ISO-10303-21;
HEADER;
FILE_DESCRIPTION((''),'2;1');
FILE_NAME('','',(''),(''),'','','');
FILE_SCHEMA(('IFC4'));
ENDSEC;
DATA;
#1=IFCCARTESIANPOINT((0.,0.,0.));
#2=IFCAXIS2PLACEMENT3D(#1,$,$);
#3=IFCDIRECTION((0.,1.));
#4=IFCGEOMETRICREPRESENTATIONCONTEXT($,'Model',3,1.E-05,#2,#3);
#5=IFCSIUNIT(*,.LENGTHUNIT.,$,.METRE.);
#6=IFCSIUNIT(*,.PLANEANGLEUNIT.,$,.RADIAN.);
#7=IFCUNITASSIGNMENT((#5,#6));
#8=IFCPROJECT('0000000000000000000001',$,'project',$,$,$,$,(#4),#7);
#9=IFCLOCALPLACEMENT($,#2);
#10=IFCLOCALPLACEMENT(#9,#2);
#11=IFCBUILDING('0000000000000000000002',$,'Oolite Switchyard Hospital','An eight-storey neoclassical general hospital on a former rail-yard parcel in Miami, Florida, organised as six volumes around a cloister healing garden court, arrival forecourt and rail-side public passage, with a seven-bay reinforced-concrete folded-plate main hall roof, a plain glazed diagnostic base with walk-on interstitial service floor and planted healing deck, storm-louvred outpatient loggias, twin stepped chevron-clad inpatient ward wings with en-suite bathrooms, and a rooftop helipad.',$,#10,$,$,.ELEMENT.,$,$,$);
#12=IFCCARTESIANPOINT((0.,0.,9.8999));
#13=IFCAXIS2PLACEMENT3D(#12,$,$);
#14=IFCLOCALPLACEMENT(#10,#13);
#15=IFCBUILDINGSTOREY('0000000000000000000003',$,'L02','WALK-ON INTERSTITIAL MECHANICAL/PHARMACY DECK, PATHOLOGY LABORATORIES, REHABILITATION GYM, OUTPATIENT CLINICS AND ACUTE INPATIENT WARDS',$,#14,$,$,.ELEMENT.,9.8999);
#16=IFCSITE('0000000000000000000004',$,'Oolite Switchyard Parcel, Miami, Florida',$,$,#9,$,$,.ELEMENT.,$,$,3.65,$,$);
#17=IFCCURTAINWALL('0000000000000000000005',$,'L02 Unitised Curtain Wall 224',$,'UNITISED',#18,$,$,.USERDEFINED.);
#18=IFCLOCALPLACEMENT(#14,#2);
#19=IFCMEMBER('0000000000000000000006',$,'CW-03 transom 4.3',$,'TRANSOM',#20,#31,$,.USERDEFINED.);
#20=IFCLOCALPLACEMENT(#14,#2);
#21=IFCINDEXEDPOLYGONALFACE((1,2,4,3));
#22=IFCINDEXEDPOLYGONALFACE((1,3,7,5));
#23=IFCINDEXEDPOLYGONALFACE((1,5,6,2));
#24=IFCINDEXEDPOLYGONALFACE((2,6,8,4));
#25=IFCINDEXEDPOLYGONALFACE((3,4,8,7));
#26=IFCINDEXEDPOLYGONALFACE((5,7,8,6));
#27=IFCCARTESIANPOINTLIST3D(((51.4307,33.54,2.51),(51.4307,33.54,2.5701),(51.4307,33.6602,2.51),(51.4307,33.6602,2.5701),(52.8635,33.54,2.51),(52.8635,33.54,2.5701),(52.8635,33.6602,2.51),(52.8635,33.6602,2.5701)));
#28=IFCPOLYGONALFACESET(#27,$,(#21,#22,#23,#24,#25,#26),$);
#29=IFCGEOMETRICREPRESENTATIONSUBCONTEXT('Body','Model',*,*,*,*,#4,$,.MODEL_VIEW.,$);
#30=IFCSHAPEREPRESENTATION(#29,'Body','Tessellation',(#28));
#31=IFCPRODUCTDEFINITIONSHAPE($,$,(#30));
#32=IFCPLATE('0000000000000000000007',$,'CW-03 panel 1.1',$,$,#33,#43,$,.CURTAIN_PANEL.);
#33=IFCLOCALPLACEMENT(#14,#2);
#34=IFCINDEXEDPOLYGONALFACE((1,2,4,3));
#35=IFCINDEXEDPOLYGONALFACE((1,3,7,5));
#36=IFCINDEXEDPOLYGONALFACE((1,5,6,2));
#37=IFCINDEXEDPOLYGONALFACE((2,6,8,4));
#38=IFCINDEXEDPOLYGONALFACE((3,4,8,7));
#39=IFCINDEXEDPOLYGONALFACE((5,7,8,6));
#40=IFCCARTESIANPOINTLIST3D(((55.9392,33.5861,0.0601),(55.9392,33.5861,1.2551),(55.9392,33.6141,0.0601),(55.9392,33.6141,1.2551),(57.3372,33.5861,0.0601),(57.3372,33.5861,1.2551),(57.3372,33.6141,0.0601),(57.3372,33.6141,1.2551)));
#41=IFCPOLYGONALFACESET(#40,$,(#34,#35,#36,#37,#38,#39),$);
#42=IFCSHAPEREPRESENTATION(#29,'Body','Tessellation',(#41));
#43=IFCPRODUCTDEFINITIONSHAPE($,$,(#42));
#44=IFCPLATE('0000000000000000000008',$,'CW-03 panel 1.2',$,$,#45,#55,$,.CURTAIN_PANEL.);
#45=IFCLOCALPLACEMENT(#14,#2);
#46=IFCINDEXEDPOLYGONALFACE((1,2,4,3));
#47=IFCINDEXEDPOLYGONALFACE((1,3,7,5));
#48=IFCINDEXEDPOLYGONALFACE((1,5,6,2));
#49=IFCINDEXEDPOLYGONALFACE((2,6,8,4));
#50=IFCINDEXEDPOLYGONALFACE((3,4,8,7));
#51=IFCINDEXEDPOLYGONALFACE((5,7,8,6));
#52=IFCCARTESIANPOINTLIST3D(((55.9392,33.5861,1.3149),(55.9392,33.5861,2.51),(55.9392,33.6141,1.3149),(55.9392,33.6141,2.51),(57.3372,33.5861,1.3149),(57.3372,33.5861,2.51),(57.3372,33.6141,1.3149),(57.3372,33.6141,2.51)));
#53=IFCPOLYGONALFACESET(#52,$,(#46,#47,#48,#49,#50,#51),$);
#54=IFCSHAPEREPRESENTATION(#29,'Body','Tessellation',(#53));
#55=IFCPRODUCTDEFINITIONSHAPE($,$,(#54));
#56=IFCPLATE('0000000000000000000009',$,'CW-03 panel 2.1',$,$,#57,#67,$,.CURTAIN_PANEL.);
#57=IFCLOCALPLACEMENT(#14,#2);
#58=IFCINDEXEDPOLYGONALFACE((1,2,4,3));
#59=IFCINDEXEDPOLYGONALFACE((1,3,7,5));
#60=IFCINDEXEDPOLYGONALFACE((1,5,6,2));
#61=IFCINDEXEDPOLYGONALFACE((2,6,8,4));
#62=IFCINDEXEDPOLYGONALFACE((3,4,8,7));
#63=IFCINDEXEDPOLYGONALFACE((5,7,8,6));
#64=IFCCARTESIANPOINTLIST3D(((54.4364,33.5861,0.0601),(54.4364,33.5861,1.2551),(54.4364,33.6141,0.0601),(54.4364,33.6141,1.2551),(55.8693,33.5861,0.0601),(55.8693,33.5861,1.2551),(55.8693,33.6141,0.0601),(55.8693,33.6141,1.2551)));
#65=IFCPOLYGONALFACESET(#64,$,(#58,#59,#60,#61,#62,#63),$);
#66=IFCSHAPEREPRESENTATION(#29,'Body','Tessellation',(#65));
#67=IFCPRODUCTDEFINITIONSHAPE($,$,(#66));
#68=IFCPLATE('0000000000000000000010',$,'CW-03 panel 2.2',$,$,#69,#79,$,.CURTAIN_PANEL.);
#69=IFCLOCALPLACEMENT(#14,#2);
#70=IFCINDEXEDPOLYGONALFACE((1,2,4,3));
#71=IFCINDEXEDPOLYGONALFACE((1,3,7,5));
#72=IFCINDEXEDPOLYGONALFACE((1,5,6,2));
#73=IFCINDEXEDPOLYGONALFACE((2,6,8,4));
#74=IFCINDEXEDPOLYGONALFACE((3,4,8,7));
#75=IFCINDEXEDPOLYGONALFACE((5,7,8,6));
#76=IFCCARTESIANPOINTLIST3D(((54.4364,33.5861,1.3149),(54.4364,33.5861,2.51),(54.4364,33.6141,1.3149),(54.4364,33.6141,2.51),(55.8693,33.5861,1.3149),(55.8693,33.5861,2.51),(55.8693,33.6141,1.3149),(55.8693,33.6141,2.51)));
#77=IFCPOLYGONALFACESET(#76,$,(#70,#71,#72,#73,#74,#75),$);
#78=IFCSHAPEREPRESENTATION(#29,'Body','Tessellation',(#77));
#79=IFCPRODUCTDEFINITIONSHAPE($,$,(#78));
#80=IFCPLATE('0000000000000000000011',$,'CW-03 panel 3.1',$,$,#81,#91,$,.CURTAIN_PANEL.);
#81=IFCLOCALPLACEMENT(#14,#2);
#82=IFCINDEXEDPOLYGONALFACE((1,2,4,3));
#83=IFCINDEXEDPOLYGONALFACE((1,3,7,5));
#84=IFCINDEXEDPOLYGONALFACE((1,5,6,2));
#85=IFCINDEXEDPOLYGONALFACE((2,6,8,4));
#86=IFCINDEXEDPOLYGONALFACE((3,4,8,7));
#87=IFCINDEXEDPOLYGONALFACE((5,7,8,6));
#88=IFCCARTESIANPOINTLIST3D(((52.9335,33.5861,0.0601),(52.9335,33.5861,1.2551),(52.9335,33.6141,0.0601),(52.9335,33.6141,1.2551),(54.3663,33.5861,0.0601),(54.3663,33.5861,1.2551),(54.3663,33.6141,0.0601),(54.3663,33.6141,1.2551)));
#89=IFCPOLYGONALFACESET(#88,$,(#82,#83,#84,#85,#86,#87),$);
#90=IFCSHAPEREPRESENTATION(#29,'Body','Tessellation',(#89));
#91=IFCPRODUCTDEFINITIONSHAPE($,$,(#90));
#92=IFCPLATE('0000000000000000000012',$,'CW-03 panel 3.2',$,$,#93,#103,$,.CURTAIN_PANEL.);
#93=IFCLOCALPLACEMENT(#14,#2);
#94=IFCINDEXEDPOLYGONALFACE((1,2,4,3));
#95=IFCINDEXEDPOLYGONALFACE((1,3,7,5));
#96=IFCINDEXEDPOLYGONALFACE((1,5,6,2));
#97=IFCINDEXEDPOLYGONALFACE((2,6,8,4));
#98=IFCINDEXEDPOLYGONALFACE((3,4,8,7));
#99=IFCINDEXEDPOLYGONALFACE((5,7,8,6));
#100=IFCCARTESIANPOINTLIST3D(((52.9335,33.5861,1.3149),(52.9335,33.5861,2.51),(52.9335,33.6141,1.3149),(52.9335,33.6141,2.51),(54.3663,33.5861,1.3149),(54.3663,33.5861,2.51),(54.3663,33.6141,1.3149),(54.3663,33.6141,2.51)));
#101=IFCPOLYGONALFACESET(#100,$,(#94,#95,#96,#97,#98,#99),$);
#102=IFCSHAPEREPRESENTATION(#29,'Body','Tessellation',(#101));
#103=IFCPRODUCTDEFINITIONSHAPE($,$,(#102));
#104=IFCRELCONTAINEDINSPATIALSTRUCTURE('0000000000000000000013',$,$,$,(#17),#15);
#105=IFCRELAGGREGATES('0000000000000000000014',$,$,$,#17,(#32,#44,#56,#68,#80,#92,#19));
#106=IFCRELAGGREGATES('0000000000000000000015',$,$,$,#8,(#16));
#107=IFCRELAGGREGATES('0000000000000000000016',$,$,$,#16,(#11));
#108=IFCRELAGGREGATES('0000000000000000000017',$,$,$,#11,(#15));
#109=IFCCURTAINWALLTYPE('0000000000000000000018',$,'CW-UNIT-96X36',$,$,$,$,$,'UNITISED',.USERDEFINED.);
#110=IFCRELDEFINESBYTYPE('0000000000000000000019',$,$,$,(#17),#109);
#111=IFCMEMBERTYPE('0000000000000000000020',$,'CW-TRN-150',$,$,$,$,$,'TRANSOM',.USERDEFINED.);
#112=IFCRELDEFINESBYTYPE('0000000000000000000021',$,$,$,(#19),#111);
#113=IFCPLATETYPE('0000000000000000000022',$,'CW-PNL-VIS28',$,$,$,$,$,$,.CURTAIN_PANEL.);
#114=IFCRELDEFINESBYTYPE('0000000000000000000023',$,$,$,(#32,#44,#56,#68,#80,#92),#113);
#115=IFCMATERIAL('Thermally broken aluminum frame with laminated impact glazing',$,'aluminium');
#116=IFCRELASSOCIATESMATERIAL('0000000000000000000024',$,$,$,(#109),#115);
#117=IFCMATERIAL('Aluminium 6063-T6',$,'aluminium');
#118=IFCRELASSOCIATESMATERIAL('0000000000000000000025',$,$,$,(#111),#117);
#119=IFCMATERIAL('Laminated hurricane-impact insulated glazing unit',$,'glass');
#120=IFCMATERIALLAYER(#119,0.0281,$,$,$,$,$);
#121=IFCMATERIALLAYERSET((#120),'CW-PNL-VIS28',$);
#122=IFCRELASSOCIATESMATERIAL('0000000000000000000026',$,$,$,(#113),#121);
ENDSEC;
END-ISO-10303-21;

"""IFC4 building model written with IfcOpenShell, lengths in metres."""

from ifc_helpers import new_model, si_unit, direction, frame, origin, origin_2d, place, context, subcontext, project, spatial, rectangle, extrude, material, layer, layer_set, material_profile, profile_set, type_object, element, aggregate, save


model = new_model("IFC4")

# Units and contexts
model_context = context("Model", 3, precision=1e-05, world=origin(), true_north=direction((0.0, 1.0)))
body_context = subcontext(model_context, "Body", "Model", "MODEL_VIEW")
ifc_project = project(units=[si_unit("LENGTHUNIT", "METRE"), si_unit("PLANEANGLEUNIT", "RADIAN")], contexts=[model_context])

# Site, building, storey
site_placement = place(None, origin())
site = spatial("IfcSite", under=ifc_project, at=site_placement, Name="Oolite Switchyard Parcel, Miami, Florida", CompositionType="ELEMENT", RefElevation=3.65)
building_placement = place(site_placement, origin())
building = spatial("IfcBuilding", under=site, at=building_placement, Name="Oolite Switchyard Hospital", Description="An eight-storey neoclassical general hospital on a former rail-yard parcel in Miami, Florida, organised as six volumes around a cloister healing garden court, arrival forecourt and rail-side public passage, with a seven-bay reinforced-concrete folded-plate main hall roof, a plain glazed diagnostic base with walk-on interstitial service floor and planted healing deck, storm-louvred outpatient loggias, twin stepped chevron-clad inpatient ward wings with en-suite bathrooms, and a rooftop helipad.", CompositionType="ELEMENT")
storey_placement = place(building_placement, frame((0.0, 0.0, 9.8999)))
storey = spatial("IfcBuildingStorey", under=building, at=storey_placement, Name="L02", Description="WALK-ON INTERSTITIAL MECHANICAL/PHARMACY DECK, PATHOLOGY LABORATORIES, REHABILITATION GYM, OUTPATIENT CLINICS AND ACUTE INPATIENT WARDS", CompositionType="ELEMENT", Elevation=9.8999)

# Curtain wall, member, plates
ifc_material_1 = material(Name="Thermally broken aluminum frame with laminated impact glazing", Category="aluminium")
curtain_wall_type = type_object("IfcCurtainWallType", Name="CW-UNIT-96X36", ElementType="UNITISED", PredefinedType="USERDEFINED", material=ifc_material_1)
curtain_wall_placement = place(storey_placement, origin())
curtain_wall = element("IfcCurtainWall", 1, at=curtain_wall_placement, inside=storey, type_object=curtain_wall_type, Name="L02 Unitised Curtain Wall 224", ObjectType="UNITISED", PredefinedType="USERDEFINED")
ifc_material_2 = material(Name="Aluminium 6063-T6", Category="aluminium")
ifc_material_profile_1 = material_profile(ifc_material_2, rectangle(XDim=0.1201, YDim=0.0601, at=origin_2d()), Name="CWT60X120")
ifc_profile_set_1 = profile_set([ifc_material_profile_1], Name="Aluminium 6063-T6")
member_type_1 = type_object("IfcMemberType", Name="CW-TRN-150", ElementType="TRANSOM", PredefinedType="USERDEFINED", material=ifc_profile_set_1)
member_1_placement = place(storey_placement, frame((52.8635, 33.6001, 2.54), z_axis=(-1.0, 0.0, 0.0), x_axis=(0.0, -1.0, 0.0)))
member_1 = element("IfcMember", 2, at=member_1_placement, type_object=member_type_1, Name="CW-03 transom 4.3", ObjectType="TRANSOM", PredefinedType="USERDEFINED", context=body_context, shape_type="SweptSolid", body=[
    extrude(rectangle(XDim=0.1201, YDim=0.0601, at=origin_2d()), origin(), (0.0, 0.0, 1.0), 1.4329),
])
ifc_material_3 = material(Name="Laminated hurricane-impact insulated glazing unit", Category="glass")
ifc_layer = layer(ifc_material_3, 0.0281)
ifc_layer_set = layer_set([ifc_layer], Name="CW-PNL-VIS28")
plate_type = type_object("IfcPlateType", Name="CW-PNL-VIS28", PredefinedType="CURTAIN_PANEL", material=ifc_layer_set)
plate_1_placement = place(storey_placement, frame((56.6382, 33.6001, 0.0601), z_axis=(0.0, 0.0, 1.0), x_axis=(-1.0, 0.0, 0.0)))
plate_1 = element("IfcPlate", 3, at=plate_1_placement, type_object=plate_type, Name="CW-03 panel 1.1", PredefinedType="CURTAIN_PANEL", context=body_context, shape_type="SweptSolid", body=[
    extrude(rectangle(XDim=1.3979, YDim=0.0281, at=origin_2d()), origin(), (0.0, 0.0, 1.0), 1.1951),
])
plate_2_placement = place(storey_placement, frame((56.6382, 33.6001, 1.3149), z_axis=(0.0, 0.0, 1.0), x_axis=(-1.0, 0.0, 0.0)))
plate_2 = element("IfcPlate", 4, at=plate_2_placement, type_object=plate_type, Name="CW-03 panel 1.2", PredefinedType="CURTAIN_PANEL", context=body_context, shape_type="SweptSolid", body=[
    extrude(rectangle(XDim=1.3979, YDim=0.0281, at=origin_2d()), origin(), (0.0, 0.0, 1.0), 1.1951),
])
plate_3_placement = place(storey_placement, frame((55.1528, 33.6001, 0.0601), z_axis=(0.0, 0.0, 1.0), x_axis=(-1.0, 0.0, 0.0)))
plate_3 = element("IfcPlate", 5, at=plate_3_placement, type_object=plate_type, Name="CW-03 panel 2.1", PredefinedType="CURTAIN_PANEL", context=body_context, shape_type="SweptSolid", body=[
    extrude(rectangle(XDim=1.4329, YDim=0.0281, at=origin_2d()), origin(), (0.0, 0.0, 1.0), 1.1951),
])
plate_4_placement = place(storey_placement, frame((55.1528, 33.6001, 1.3149), z_axis=(0.0, 0.0, 1.0), x_axis=(-1.0, 0.0, 0.0)))
plate_4 = element("IfcPlate", 6, at=plate_4_placement, type_object=plate_type, Name="CW-03 panel 2.2", PredefinedType="CURTAIN_PANEL", context=body_context, shape_type="SweptSolid", body=[
    extrude(rectangle(XDim=1.4329, YDim=0.0281, at=origin_2d()), origin(), (0.0, 0.0, 1.0), 1.1951),
])
plate_5_placement = place(storey_placement, frame((53.6499, 33.6001, 0.0601), z_axis=(0.0, 0.0, 1.0), x_axis=(-1.0, 0.0, 0.0)))
plate_5 = element("IfcPlate", 7, at=plate_5_placement, type_object=plate_type, Name="CW-03 panel 3.1", PredefinedType="CURTAIN_PANEL", context=body_context, shape_type="SweptSolid", body=[
    extrude(rectangle(XDim=1.4329, YDim=0.0281, at=origin_2d()), origin(), (0.0, 0.0, 1.0), 1.1951),
])
plate_6_placement = place(storey_placement, frame((53.6499, 33.6001, 1.3149), z_axis=(0.0, 0.0, 1.0), x_axis=(-1.0, 0.0, 0.0)))
plate_6 = element("IfcPlate", 8, at=plate_6_placement, type_object=plate_type, Name="CW-03 panel 3.2", PredefinedType="CURTAIN_PANEL", context=body_context, shape_type="SweptSolid", body=[
    extrude(rectangle(XDim=1.4329, YDim=0.0281, at=origin_2d()), origin(), (0.0, 0.0, 1.0), 1.1951),
])
aggregate(curtain_wall, [plate_1, plate_2, plate_3, plate_4, plate_5, plate_6, member_1])

save(model, "model.ifc")
